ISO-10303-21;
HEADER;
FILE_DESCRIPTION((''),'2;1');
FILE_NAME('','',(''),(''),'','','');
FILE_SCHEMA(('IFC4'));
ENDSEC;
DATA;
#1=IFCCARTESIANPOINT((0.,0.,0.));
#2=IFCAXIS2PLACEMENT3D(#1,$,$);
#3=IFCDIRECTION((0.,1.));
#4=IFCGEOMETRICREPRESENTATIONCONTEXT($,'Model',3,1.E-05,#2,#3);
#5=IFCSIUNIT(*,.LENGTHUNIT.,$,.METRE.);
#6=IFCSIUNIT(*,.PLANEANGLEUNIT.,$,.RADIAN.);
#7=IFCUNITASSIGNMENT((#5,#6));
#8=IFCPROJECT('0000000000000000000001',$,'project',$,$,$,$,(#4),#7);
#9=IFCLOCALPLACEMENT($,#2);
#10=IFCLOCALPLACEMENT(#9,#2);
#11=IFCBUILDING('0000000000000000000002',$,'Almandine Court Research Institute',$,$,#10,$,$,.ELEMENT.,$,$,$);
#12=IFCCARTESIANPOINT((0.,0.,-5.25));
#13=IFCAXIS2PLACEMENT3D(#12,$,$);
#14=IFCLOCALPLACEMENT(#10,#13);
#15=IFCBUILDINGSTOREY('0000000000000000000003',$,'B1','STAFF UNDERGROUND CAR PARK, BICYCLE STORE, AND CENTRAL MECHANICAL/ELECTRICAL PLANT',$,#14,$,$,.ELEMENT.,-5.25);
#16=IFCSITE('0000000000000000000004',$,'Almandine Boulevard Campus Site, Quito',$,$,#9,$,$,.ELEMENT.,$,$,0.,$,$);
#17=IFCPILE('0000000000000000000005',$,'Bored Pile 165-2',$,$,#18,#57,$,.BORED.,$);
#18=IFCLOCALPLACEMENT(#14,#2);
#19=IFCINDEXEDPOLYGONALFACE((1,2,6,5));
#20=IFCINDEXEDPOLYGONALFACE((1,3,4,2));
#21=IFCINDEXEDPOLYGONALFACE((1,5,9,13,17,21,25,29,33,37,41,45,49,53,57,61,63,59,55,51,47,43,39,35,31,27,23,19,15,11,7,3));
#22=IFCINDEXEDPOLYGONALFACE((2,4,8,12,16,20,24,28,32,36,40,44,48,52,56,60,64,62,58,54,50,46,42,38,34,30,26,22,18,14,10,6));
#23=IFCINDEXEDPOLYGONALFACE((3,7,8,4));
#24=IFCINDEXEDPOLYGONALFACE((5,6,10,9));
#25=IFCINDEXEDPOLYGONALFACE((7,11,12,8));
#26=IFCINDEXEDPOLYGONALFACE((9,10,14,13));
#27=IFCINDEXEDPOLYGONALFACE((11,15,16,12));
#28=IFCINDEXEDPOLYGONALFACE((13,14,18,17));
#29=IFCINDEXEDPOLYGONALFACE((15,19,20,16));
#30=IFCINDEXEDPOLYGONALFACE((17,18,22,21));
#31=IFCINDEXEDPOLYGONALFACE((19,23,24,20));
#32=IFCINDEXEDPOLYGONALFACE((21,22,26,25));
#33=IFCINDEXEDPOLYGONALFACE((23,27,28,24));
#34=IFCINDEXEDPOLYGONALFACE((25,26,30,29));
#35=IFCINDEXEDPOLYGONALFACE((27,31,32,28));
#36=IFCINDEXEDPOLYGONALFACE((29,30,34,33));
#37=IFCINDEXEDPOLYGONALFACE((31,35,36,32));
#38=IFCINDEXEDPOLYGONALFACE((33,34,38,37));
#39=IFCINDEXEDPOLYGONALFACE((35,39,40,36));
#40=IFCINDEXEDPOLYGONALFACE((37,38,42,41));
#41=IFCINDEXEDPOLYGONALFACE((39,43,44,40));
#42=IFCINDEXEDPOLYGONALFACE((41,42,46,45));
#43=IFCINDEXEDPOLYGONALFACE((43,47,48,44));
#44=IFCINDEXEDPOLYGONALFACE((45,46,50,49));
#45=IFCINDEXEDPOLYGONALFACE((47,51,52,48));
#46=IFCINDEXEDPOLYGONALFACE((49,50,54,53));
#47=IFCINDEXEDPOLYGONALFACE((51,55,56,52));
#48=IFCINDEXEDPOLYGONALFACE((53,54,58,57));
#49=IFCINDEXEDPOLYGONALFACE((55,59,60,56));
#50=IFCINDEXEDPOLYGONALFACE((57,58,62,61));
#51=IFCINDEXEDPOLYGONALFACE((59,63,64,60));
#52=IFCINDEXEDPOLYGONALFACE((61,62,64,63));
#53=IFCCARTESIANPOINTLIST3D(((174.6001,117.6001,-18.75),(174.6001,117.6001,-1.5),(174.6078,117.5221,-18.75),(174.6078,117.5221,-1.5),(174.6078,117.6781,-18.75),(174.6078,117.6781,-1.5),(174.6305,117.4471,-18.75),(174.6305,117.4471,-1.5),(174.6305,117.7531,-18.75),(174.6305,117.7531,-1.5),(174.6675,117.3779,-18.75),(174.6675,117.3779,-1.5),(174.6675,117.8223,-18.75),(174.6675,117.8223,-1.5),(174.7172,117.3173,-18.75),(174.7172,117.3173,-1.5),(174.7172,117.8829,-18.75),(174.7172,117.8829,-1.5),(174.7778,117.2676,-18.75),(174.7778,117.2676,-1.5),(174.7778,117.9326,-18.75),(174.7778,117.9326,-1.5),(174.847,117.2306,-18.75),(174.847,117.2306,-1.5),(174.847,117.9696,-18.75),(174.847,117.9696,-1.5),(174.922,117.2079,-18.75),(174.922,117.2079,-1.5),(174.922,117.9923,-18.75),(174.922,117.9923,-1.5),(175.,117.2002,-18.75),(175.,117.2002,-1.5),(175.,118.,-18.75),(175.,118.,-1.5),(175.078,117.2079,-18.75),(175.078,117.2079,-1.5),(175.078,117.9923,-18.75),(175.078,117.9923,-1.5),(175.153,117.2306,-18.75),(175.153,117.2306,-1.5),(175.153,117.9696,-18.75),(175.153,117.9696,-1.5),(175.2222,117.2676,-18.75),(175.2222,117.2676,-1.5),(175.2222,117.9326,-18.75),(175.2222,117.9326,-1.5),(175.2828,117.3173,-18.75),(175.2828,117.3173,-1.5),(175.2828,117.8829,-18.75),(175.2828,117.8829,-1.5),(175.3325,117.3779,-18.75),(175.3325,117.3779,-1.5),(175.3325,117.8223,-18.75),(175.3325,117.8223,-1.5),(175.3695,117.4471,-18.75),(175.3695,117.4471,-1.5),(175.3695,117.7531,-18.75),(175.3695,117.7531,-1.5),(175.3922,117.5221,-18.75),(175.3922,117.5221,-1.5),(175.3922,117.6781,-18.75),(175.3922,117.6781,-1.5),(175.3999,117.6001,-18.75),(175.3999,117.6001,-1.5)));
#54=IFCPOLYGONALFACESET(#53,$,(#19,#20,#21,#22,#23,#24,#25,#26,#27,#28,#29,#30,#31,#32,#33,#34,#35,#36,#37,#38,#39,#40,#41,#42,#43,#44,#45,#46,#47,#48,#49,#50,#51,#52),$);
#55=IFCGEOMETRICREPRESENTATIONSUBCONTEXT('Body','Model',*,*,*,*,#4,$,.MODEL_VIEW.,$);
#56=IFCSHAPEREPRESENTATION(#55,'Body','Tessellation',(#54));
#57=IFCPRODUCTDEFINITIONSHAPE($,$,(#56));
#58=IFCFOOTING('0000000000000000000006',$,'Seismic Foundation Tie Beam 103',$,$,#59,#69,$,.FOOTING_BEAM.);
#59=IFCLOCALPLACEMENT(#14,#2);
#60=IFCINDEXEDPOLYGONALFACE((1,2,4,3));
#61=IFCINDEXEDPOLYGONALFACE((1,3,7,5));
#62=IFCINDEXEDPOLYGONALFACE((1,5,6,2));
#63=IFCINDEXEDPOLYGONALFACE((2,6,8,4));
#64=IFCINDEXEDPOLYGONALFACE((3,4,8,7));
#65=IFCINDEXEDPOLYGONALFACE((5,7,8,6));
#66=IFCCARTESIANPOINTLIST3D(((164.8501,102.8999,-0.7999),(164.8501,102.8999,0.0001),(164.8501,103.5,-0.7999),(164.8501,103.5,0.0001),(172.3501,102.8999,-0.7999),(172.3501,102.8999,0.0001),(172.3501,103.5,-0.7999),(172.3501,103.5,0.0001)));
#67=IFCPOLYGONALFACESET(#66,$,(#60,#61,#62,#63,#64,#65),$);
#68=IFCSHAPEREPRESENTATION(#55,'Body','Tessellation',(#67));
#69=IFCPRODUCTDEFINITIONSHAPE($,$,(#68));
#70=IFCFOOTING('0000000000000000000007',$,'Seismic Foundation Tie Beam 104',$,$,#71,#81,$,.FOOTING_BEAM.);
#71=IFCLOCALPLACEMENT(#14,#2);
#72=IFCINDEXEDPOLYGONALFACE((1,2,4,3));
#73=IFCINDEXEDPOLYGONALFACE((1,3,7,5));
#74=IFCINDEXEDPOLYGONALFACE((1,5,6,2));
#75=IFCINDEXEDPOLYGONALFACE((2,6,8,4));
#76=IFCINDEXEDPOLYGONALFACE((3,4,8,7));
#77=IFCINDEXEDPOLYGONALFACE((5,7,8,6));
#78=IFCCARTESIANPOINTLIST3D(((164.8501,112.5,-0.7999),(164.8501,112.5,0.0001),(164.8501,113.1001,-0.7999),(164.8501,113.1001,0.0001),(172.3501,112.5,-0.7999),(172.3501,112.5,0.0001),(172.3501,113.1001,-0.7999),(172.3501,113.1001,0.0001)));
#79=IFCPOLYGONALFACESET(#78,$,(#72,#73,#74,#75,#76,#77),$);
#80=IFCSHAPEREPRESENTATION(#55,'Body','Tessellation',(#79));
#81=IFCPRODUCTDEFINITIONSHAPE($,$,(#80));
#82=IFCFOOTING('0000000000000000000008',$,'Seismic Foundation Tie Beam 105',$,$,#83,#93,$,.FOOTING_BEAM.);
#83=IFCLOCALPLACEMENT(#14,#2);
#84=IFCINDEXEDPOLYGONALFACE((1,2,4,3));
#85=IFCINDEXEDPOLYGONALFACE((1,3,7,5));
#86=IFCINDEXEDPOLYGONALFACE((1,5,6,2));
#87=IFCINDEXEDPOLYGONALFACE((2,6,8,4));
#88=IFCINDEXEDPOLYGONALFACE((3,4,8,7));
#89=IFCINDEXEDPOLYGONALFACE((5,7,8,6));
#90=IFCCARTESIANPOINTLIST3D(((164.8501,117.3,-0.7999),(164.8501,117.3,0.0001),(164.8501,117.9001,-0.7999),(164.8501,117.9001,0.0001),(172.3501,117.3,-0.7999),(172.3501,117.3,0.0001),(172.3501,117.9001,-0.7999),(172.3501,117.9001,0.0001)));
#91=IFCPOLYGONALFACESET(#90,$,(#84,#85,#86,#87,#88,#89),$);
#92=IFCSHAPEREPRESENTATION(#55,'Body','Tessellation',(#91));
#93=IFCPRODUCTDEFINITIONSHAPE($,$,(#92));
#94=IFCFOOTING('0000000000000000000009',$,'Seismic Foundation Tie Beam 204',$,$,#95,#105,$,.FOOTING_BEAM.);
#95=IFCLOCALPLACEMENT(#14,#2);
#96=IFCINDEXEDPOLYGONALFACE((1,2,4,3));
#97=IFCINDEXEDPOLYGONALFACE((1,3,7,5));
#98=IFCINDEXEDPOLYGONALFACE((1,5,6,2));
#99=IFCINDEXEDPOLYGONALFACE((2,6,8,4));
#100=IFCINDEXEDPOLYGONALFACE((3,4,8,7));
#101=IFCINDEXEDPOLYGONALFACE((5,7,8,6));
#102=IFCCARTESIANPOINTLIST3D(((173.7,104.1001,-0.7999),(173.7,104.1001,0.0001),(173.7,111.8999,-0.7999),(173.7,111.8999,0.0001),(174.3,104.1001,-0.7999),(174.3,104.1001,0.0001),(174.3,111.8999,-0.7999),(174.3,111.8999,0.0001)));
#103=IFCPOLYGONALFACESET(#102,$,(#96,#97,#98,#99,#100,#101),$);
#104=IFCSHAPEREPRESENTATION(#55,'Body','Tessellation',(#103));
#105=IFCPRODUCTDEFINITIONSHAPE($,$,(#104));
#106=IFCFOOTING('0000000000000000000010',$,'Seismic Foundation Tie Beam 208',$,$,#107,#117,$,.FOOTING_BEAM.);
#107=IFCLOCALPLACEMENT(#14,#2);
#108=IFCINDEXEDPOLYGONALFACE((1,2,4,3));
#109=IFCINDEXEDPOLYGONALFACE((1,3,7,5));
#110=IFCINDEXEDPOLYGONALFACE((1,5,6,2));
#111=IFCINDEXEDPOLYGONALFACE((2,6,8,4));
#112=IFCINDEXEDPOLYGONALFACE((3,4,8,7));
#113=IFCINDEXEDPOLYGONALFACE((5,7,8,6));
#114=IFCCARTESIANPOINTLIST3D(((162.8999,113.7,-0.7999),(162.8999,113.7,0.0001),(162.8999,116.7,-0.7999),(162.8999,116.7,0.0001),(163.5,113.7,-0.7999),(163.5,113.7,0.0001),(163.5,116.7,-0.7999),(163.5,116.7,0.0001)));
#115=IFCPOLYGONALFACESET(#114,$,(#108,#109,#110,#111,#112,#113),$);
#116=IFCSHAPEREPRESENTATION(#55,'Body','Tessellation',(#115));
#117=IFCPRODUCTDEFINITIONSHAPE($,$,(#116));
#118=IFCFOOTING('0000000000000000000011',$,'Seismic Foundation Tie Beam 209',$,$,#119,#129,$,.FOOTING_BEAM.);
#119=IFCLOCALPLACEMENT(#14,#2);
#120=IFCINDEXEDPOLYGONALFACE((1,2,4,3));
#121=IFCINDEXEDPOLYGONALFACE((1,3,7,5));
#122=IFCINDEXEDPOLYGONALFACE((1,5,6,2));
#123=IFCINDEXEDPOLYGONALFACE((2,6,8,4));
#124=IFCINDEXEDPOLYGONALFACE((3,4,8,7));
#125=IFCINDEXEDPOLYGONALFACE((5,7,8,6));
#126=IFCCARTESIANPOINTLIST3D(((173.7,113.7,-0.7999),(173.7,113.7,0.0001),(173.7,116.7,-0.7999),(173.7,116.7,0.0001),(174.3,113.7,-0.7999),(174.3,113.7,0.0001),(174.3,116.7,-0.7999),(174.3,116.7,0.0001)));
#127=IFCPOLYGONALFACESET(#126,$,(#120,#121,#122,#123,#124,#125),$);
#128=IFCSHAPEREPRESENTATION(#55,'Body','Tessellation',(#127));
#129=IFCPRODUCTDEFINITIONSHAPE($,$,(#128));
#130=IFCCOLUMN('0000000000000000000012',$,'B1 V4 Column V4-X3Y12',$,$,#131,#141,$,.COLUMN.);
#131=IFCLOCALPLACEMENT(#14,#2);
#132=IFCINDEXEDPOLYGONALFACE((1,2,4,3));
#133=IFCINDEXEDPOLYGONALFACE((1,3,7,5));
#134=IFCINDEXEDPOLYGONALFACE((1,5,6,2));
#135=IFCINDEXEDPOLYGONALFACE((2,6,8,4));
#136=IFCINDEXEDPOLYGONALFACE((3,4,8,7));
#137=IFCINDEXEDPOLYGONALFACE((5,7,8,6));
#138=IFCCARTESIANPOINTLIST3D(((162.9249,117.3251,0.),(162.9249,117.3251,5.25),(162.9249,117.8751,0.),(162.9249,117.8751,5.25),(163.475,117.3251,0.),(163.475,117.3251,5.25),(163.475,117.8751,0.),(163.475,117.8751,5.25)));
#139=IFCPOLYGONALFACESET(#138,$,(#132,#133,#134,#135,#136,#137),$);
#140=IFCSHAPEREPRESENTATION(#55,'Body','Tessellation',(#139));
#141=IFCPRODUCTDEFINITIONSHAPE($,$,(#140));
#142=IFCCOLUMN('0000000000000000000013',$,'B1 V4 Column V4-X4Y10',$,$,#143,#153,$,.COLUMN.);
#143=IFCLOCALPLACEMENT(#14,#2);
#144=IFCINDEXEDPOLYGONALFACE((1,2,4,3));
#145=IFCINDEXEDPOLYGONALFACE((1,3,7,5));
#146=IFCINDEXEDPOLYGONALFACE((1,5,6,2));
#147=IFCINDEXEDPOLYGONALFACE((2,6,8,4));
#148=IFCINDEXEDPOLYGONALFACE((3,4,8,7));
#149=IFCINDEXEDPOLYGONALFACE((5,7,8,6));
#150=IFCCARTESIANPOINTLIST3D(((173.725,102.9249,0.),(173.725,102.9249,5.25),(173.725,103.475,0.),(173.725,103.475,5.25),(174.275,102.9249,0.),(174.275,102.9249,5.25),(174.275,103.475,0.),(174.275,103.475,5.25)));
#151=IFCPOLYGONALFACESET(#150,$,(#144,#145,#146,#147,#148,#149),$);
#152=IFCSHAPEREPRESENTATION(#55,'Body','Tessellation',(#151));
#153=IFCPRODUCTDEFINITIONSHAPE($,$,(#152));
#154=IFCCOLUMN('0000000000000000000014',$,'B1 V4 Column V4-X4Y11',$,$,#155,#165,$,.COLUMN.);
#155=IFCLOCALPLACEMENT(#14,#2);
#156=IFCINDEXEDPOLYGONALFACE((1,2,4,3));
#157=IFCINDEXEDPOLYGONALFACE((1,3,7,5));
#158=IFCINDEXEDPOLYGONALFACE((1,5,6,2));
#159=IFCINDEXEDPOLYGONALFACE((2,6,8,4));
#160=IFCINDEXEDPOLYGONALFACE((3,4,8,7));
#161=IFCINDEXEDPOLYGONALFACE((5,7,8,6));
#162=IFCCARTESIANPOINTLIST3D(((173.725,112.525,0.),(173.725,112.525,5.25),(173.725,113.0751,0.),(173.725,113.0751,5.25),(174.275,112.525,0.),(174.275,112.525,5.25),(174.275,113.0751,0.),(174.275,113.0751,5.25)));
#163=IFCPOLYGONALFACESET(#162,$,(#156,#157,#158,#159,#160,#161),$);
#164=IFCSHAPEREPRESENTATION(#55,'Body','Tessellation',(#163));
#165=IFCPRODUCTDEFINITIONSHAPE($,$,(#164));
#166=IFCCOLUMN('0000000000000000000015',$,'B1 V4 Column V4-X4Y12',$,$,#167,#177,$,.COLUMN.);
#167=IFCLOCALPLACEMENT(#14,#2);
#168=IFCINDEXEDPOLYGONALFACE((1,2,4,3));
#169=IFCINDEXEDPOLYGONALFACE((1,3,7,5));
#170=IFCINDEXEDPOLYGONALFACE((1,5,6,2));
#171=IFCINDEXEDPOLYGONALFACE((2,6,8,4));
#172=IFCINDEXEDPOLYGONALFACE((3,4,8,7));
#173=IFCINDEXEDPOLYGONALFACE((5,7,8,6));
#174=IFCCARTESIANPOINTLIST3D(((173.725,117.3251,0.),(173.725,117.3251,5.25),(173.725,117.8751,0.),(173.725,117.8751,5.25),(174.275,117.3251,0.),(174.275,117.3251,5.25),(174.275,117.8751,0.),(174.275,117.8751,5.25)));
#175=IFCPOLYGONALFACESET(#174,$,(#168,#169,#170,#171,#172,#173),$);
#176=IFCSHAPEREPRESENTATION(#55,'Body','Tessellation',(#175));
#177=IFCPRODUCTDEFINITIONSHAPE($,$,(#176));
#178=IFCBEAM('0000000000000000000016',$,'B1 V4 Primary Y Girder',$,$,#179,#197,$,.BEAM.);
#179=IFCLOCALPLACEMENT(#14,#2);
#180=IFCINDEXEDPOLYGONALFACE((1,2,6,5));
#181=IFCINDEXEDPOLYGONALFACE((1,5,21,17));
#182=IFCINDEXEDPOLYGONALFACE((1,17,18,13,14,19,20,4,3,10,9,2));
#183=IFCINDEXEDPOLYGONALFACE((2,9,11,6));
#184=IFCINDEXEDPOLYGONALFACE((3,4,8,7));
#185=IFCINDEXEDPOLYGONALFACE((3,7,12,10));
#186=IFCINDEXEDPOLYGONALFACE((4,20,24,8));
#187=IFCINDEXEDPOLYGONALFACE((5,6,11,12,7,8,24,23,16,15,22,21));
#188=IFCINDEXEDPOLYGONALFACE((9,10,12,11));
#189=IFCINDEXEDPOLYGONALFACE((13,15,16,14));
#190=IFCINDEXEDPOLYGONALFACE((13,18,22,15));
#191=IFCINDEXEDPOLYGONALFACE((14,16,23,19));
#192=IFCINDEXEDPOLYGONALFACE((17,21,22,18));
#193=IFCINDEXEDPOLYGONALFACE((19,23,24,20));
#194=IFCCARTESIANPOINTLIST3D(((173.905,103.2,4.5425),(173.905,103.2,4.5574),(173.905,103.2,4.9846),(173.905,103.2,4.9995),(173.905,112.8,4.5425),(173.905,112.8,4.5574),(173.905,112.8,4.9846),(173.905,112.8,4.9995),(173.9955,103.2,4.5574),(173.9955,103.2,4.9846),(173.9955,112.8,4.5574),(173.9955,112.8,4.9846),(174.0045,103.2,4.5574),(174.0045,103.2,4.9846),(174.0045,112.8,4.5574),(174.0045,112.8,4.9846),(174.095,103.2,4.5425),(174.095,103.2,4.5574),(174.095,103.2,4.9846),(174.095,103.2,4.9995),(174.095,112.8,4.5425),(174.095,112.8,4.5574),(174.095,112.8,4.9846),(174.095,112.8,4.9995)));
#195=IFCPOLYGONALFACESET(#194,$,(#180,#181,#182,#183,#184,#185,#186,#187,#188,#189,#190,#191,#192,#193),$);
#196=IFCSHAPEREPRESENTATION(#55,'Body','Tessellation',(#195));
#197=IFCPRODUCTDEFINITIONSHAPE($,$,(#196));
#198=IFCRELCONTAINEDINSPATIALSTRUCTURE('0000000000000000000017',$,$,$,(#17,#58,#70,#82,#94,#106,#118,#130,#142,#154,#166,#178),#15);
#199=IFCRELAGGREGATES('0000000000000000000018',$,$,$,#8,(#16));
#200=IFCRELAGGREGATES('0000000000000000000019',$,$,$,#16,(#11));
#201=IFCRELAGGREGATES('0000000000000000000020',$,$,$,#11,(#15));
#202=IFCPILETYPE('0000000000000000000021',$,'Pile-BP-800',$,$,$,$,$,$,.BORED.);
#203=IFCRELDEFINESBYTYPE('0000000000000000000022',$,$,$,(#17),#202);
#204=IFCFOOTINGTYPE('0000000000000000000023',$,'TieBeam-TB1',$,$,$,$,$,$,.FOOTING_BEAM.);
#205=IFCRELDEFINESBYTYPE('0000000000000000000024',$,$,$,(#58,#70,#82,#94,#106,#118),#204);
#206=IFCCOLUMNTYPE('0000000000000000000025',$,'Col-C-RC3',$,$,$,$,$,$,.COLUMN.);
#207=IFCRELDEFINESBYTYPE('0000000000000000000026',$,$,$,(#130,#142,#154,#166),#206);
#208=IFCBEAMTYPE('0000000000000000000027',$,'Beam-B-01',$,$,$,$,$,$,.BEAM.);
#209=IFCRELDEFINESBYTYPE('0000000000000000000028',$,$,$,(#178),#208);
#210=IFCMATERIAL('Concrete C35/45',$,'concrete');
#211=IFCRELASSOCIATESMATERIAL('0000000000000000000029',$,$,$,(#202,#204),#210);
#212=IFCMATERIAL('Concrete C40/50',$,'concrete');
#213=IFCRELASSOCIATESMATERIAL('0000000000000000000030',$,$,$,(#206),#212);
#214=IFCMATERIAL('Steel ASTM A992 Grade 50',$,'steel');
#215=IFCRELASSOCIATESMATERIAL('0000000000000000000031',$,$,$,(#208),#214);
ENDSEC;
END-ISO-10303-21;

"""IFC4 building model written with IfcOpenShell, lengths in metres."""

from ifc_helpers import new_model, si_unit, direction, frame, origin, origin_2d, place, context, subcontext, project, spatial, rectangle, circle, i_section, extrude, material, material_profile, profile_set, type_object, element, save


model = new_model("IFC4")

# Units and contexts
model_context = context("Model", 3, precision=1e-05, world=origin(), true_north=direction((0.0, 1.0)))
body_context = subcontext(model_context, "Body", "Model", "MODEL_VIEW")
ifc_project = project(units=[si_unit("LENGTHUNIT", "METRE"), si_unit("PLANEANGLEUNIT", "RADIAN")], contexts=[model_context])

# Site, building, storey
site_placement = place(None, origin())
site = spatial("IfcSite", under=ifc_project, at=site_placement, Name="Almandine Boulevard Campus Site, Quito", CompositionType="ELEMENT", RefElevation=0.0)
building_placement = place(site_placement, origin())
building = spatial("IfcBuilding", under=site, at=building_placement, Name="Almandine Court Research Institute", CompositionType="ELEMENT")
storey_placement = place(building_placement, frame((0.0, 0.0, -5.25)))
storey = spatial("IfcBuildingStorey", under=building, at=storey_placement, Name="B1", Description="STAFF UNDERGROUND CAR PARK, BICYCLE STORE, AND CENTRAL MECHANICAL/ELECTRICAL PLANT", CompositionType="ELEMENT", Elevation=-5.25)

# Shared definitions
ifc_material_1 = material(Name="Concrete C35/45", Category="concrete")

# Pile
ifc_material_profile_1 = material_profile(ifc_material_1, circle(Radius=0.3999, at=origin_2d()), Name="BORED PILE D800")
ifc_profile_set_1 = profile_set([ifc_material_profile_1], Name="Concrete C35/45")
pile_type = type_object("IfcPileType", Name="Pile-BP-800", PredefinedType="BORED", material=ifc_profile_set_1)
for number, where, z_axis, x_axis, name in (
    (1, (175.0, 117.6001, -1.5), (0.0, 0.0, -1.0), (1.0, 0.0, 0.0), "Bored Pile 165-2"),
):
    element("IfcPile", number, at=place(storey_placement, frame(where, z_axis=z_axis, x_axis=x_axis)), inside=storey, type_object=pile_type, Name=name, PredefinedType="BORED", context=body_context, shape_type="SweptSolid", body=[
        extrude(circle(Radius=0.3999, at=origin_2d()), origin(), (0.0, 0.0, 1.0), 17.25),
    ])

# Footings
ifc_material_profile_2 = material_profile(ifc_material_1, rectangle(XDim=0.6001, YDim=0.8, at=origin_2d()), Name="RC TIE 600x800")
ifc_profile_set_2 = profile_set([ifc_material_profile_2], Name="Concrete C35/45")
footing_type_1 = type_object("IfcFootingType", Name="TieBeam-TB1", PredefinedType="FOOTING_BEAM", material=ifc_profile_set_2)
for number, where, z_axis, x_axis, name in (
    (2, (164.8501, 103.2, -0.3999), (1.0, 0.0, 0.0), (0.0, 1.0, 0.0), "Seismic Foundation Tie Beam 103"),
    (3, (164.8501, 112.8, -0.3999), (1.0, 0.0, 0.0), (0.0, 1.0, 0.0), "Seismic Foundation Tie Beam 104"),
    (4, (164.8501, 117.6001, -0.3999), (1.0, 0.0, 0.0), (0.0, 1.0, 0.0), "Seismic Foundation Tie Beam 105"),
):
    element("IfcFooting", number, at=place(storey_placement, frame(where, z_axis=z_axis, x_axis=x_axis)), inside=storey, type_object=footing_type_1, Name=name, PredefinedType="FOOTING_BEAM", context=body_context, shape_type="SweptSolid", body=[
        extrude(rectangle(XDim=0.6001, YDim=0.8, at=origin_2d()), origin(), (0.0, 0.0, 1.0), 7.5),
    ])
footing_placement = place(storey_placement, frame((174.0, 104.1001, -0.3999), z_axis=(0.0, 1.0, 0.0), x_axis=(-1.0, 0.0, 0.0)))
element("IfcFooting", 5, at=footing_placement, inside=storey, type_object=footing_type_1, Name="Seismic Foundation Tie Beam 204", PredefinedType="FOOTING_BEAM", context=body_context, shape_type="SweptSolid", body=[
    extrude(rectangle(XDim=0.6001, YDim=0.8, at=origin_2d()), origin(), (0.0, 0.0, 1.0), 7.7998),
])
for number, where, z_axis, x_axis, name in (
    (6, (163.2, 113.7, -0.3999), (0.0, 1.0, 0.0), (-1.0, 0.0, 0.0), "Seismic Foundation Tie Beam 208"),
    (7, (174.0, 113.7, -0.3999), (0.0, 1.0, 0.0), (-1.0, 0.0, 0.0), "Seismic Foundation Tie Beam 209"),
):
    element("IfcFooting", number, at=place(storey_placement, frame(where, z_axis=z_axis, x_axis=x_axis)), inside=storey, type_object=footing_type_1, Name=name, PredefinedType="FOOTING_BEAM", context=body_context, shape_type="SweptSolid", body=[
        extrude(rectangle(XDim=0.6001, YDim=0.8, at=origin_2d()), origin(), (0.0, 0.0, 1.0), 3.0),
    ])

# Columns
ifc_material_2 = material(Name="Concrete C40/50", Category="concrete")
ifc_material_profile_3 = material_profile(ifc_material_2, rectangle(XDim=0.55, YDim=0.55, at=origin_2d()), Name="RC 550x550")
ifc_profile_set_3 = profile_set([ifc_material_profile_3], Name="Concrete C40/50")
column_type = type_object("IfcColumnType", Name="Col-C-RC3", PredefinedType="COLUMN", material=ifc_profile_set_3)
for number, where, z_axis, x_axis, name in (
    (8, (163.2, 117.6001, 0.0), (0.0, 0.0, 1.0), (1.0, 0.0, 0.0), "B1 V4 Column V4-X3Y12"),
    (9, (174.0, 103.2, 0.0), (0.0, 0.0, 1.0), (1.0, 0.0, 0.0), "B1 V4 Column V4-X4Y10"),
    (10, (174.0, 112.8, 0.0), (0.0, 0.0, 1.0), (1.0, 0.0, 0.0), "B1 V4 Column V4-X4Y11"),
    (11, (174.0, 117.6001, 0.0), (0.0, 0.0, 1.0), (1.0, 0.0, 0.0), "B1 V4 Column V4-X4Y12"),
):
    element("IfcColumn", number, at=place(storey_placement, frame(where, z_axis=z_axis, x_axis=x_axis)), inside=storey, type_object=column_type, Name=name, PredefinedType="COLUMN", context=body_context, shape_type="SweptSolid", body=[
        extrude(rectangle(XDim=0.55, YDim=0.55, at=origin_2d()), origin(), (0.0, 0.0, 1.0), 5.25),
    ])

# Beam
ifc_material_3 = material(Name="Steel ASTM A992 Grade 50", Category="steel")
ifc_material_profile_4 = material_profile(ifc_material_3, i_section(OverallWidth=0.1899, OverallDepth=0.457, WebThickness=0.009, FlangeThickness=0.0149, at=origin_2d()), Name="W460x74")
ifc_profile_set_4 = profile_set([ifc_material_profile_4], Name="Steel ASTM A992 Grade 50")
beam_type_1 = type_object("IfcBeamType", Name="Beam-B-01", PredefinedType="BEAM", material=ifc_profile_set_4)
beam_1_placement = place(storey_placement, frame((174.0, 103.2, 4.771), z_axis=(0.0, 1.0, 0.0), x_axis=(-1.0, 0.0, 0.0)))
element("IfcBeam", 12, at=beam_1_placement, inside=storey, type_object=beam_type_1, Name="B1 V4 Primary Y Girder", PredefinedType="BEAM", context=body_context, shape_type="SweptSolid", body=[
    extrude(i_section(OverallWidth=0.1899, OverallDepth=0.457, WebThickness=0.009, FlangeThickness=0.0149, at=origin_2d()), origin(), (0.0, 0.0, 1.0), 9.6001),
])

save(model, "model.ifc")
